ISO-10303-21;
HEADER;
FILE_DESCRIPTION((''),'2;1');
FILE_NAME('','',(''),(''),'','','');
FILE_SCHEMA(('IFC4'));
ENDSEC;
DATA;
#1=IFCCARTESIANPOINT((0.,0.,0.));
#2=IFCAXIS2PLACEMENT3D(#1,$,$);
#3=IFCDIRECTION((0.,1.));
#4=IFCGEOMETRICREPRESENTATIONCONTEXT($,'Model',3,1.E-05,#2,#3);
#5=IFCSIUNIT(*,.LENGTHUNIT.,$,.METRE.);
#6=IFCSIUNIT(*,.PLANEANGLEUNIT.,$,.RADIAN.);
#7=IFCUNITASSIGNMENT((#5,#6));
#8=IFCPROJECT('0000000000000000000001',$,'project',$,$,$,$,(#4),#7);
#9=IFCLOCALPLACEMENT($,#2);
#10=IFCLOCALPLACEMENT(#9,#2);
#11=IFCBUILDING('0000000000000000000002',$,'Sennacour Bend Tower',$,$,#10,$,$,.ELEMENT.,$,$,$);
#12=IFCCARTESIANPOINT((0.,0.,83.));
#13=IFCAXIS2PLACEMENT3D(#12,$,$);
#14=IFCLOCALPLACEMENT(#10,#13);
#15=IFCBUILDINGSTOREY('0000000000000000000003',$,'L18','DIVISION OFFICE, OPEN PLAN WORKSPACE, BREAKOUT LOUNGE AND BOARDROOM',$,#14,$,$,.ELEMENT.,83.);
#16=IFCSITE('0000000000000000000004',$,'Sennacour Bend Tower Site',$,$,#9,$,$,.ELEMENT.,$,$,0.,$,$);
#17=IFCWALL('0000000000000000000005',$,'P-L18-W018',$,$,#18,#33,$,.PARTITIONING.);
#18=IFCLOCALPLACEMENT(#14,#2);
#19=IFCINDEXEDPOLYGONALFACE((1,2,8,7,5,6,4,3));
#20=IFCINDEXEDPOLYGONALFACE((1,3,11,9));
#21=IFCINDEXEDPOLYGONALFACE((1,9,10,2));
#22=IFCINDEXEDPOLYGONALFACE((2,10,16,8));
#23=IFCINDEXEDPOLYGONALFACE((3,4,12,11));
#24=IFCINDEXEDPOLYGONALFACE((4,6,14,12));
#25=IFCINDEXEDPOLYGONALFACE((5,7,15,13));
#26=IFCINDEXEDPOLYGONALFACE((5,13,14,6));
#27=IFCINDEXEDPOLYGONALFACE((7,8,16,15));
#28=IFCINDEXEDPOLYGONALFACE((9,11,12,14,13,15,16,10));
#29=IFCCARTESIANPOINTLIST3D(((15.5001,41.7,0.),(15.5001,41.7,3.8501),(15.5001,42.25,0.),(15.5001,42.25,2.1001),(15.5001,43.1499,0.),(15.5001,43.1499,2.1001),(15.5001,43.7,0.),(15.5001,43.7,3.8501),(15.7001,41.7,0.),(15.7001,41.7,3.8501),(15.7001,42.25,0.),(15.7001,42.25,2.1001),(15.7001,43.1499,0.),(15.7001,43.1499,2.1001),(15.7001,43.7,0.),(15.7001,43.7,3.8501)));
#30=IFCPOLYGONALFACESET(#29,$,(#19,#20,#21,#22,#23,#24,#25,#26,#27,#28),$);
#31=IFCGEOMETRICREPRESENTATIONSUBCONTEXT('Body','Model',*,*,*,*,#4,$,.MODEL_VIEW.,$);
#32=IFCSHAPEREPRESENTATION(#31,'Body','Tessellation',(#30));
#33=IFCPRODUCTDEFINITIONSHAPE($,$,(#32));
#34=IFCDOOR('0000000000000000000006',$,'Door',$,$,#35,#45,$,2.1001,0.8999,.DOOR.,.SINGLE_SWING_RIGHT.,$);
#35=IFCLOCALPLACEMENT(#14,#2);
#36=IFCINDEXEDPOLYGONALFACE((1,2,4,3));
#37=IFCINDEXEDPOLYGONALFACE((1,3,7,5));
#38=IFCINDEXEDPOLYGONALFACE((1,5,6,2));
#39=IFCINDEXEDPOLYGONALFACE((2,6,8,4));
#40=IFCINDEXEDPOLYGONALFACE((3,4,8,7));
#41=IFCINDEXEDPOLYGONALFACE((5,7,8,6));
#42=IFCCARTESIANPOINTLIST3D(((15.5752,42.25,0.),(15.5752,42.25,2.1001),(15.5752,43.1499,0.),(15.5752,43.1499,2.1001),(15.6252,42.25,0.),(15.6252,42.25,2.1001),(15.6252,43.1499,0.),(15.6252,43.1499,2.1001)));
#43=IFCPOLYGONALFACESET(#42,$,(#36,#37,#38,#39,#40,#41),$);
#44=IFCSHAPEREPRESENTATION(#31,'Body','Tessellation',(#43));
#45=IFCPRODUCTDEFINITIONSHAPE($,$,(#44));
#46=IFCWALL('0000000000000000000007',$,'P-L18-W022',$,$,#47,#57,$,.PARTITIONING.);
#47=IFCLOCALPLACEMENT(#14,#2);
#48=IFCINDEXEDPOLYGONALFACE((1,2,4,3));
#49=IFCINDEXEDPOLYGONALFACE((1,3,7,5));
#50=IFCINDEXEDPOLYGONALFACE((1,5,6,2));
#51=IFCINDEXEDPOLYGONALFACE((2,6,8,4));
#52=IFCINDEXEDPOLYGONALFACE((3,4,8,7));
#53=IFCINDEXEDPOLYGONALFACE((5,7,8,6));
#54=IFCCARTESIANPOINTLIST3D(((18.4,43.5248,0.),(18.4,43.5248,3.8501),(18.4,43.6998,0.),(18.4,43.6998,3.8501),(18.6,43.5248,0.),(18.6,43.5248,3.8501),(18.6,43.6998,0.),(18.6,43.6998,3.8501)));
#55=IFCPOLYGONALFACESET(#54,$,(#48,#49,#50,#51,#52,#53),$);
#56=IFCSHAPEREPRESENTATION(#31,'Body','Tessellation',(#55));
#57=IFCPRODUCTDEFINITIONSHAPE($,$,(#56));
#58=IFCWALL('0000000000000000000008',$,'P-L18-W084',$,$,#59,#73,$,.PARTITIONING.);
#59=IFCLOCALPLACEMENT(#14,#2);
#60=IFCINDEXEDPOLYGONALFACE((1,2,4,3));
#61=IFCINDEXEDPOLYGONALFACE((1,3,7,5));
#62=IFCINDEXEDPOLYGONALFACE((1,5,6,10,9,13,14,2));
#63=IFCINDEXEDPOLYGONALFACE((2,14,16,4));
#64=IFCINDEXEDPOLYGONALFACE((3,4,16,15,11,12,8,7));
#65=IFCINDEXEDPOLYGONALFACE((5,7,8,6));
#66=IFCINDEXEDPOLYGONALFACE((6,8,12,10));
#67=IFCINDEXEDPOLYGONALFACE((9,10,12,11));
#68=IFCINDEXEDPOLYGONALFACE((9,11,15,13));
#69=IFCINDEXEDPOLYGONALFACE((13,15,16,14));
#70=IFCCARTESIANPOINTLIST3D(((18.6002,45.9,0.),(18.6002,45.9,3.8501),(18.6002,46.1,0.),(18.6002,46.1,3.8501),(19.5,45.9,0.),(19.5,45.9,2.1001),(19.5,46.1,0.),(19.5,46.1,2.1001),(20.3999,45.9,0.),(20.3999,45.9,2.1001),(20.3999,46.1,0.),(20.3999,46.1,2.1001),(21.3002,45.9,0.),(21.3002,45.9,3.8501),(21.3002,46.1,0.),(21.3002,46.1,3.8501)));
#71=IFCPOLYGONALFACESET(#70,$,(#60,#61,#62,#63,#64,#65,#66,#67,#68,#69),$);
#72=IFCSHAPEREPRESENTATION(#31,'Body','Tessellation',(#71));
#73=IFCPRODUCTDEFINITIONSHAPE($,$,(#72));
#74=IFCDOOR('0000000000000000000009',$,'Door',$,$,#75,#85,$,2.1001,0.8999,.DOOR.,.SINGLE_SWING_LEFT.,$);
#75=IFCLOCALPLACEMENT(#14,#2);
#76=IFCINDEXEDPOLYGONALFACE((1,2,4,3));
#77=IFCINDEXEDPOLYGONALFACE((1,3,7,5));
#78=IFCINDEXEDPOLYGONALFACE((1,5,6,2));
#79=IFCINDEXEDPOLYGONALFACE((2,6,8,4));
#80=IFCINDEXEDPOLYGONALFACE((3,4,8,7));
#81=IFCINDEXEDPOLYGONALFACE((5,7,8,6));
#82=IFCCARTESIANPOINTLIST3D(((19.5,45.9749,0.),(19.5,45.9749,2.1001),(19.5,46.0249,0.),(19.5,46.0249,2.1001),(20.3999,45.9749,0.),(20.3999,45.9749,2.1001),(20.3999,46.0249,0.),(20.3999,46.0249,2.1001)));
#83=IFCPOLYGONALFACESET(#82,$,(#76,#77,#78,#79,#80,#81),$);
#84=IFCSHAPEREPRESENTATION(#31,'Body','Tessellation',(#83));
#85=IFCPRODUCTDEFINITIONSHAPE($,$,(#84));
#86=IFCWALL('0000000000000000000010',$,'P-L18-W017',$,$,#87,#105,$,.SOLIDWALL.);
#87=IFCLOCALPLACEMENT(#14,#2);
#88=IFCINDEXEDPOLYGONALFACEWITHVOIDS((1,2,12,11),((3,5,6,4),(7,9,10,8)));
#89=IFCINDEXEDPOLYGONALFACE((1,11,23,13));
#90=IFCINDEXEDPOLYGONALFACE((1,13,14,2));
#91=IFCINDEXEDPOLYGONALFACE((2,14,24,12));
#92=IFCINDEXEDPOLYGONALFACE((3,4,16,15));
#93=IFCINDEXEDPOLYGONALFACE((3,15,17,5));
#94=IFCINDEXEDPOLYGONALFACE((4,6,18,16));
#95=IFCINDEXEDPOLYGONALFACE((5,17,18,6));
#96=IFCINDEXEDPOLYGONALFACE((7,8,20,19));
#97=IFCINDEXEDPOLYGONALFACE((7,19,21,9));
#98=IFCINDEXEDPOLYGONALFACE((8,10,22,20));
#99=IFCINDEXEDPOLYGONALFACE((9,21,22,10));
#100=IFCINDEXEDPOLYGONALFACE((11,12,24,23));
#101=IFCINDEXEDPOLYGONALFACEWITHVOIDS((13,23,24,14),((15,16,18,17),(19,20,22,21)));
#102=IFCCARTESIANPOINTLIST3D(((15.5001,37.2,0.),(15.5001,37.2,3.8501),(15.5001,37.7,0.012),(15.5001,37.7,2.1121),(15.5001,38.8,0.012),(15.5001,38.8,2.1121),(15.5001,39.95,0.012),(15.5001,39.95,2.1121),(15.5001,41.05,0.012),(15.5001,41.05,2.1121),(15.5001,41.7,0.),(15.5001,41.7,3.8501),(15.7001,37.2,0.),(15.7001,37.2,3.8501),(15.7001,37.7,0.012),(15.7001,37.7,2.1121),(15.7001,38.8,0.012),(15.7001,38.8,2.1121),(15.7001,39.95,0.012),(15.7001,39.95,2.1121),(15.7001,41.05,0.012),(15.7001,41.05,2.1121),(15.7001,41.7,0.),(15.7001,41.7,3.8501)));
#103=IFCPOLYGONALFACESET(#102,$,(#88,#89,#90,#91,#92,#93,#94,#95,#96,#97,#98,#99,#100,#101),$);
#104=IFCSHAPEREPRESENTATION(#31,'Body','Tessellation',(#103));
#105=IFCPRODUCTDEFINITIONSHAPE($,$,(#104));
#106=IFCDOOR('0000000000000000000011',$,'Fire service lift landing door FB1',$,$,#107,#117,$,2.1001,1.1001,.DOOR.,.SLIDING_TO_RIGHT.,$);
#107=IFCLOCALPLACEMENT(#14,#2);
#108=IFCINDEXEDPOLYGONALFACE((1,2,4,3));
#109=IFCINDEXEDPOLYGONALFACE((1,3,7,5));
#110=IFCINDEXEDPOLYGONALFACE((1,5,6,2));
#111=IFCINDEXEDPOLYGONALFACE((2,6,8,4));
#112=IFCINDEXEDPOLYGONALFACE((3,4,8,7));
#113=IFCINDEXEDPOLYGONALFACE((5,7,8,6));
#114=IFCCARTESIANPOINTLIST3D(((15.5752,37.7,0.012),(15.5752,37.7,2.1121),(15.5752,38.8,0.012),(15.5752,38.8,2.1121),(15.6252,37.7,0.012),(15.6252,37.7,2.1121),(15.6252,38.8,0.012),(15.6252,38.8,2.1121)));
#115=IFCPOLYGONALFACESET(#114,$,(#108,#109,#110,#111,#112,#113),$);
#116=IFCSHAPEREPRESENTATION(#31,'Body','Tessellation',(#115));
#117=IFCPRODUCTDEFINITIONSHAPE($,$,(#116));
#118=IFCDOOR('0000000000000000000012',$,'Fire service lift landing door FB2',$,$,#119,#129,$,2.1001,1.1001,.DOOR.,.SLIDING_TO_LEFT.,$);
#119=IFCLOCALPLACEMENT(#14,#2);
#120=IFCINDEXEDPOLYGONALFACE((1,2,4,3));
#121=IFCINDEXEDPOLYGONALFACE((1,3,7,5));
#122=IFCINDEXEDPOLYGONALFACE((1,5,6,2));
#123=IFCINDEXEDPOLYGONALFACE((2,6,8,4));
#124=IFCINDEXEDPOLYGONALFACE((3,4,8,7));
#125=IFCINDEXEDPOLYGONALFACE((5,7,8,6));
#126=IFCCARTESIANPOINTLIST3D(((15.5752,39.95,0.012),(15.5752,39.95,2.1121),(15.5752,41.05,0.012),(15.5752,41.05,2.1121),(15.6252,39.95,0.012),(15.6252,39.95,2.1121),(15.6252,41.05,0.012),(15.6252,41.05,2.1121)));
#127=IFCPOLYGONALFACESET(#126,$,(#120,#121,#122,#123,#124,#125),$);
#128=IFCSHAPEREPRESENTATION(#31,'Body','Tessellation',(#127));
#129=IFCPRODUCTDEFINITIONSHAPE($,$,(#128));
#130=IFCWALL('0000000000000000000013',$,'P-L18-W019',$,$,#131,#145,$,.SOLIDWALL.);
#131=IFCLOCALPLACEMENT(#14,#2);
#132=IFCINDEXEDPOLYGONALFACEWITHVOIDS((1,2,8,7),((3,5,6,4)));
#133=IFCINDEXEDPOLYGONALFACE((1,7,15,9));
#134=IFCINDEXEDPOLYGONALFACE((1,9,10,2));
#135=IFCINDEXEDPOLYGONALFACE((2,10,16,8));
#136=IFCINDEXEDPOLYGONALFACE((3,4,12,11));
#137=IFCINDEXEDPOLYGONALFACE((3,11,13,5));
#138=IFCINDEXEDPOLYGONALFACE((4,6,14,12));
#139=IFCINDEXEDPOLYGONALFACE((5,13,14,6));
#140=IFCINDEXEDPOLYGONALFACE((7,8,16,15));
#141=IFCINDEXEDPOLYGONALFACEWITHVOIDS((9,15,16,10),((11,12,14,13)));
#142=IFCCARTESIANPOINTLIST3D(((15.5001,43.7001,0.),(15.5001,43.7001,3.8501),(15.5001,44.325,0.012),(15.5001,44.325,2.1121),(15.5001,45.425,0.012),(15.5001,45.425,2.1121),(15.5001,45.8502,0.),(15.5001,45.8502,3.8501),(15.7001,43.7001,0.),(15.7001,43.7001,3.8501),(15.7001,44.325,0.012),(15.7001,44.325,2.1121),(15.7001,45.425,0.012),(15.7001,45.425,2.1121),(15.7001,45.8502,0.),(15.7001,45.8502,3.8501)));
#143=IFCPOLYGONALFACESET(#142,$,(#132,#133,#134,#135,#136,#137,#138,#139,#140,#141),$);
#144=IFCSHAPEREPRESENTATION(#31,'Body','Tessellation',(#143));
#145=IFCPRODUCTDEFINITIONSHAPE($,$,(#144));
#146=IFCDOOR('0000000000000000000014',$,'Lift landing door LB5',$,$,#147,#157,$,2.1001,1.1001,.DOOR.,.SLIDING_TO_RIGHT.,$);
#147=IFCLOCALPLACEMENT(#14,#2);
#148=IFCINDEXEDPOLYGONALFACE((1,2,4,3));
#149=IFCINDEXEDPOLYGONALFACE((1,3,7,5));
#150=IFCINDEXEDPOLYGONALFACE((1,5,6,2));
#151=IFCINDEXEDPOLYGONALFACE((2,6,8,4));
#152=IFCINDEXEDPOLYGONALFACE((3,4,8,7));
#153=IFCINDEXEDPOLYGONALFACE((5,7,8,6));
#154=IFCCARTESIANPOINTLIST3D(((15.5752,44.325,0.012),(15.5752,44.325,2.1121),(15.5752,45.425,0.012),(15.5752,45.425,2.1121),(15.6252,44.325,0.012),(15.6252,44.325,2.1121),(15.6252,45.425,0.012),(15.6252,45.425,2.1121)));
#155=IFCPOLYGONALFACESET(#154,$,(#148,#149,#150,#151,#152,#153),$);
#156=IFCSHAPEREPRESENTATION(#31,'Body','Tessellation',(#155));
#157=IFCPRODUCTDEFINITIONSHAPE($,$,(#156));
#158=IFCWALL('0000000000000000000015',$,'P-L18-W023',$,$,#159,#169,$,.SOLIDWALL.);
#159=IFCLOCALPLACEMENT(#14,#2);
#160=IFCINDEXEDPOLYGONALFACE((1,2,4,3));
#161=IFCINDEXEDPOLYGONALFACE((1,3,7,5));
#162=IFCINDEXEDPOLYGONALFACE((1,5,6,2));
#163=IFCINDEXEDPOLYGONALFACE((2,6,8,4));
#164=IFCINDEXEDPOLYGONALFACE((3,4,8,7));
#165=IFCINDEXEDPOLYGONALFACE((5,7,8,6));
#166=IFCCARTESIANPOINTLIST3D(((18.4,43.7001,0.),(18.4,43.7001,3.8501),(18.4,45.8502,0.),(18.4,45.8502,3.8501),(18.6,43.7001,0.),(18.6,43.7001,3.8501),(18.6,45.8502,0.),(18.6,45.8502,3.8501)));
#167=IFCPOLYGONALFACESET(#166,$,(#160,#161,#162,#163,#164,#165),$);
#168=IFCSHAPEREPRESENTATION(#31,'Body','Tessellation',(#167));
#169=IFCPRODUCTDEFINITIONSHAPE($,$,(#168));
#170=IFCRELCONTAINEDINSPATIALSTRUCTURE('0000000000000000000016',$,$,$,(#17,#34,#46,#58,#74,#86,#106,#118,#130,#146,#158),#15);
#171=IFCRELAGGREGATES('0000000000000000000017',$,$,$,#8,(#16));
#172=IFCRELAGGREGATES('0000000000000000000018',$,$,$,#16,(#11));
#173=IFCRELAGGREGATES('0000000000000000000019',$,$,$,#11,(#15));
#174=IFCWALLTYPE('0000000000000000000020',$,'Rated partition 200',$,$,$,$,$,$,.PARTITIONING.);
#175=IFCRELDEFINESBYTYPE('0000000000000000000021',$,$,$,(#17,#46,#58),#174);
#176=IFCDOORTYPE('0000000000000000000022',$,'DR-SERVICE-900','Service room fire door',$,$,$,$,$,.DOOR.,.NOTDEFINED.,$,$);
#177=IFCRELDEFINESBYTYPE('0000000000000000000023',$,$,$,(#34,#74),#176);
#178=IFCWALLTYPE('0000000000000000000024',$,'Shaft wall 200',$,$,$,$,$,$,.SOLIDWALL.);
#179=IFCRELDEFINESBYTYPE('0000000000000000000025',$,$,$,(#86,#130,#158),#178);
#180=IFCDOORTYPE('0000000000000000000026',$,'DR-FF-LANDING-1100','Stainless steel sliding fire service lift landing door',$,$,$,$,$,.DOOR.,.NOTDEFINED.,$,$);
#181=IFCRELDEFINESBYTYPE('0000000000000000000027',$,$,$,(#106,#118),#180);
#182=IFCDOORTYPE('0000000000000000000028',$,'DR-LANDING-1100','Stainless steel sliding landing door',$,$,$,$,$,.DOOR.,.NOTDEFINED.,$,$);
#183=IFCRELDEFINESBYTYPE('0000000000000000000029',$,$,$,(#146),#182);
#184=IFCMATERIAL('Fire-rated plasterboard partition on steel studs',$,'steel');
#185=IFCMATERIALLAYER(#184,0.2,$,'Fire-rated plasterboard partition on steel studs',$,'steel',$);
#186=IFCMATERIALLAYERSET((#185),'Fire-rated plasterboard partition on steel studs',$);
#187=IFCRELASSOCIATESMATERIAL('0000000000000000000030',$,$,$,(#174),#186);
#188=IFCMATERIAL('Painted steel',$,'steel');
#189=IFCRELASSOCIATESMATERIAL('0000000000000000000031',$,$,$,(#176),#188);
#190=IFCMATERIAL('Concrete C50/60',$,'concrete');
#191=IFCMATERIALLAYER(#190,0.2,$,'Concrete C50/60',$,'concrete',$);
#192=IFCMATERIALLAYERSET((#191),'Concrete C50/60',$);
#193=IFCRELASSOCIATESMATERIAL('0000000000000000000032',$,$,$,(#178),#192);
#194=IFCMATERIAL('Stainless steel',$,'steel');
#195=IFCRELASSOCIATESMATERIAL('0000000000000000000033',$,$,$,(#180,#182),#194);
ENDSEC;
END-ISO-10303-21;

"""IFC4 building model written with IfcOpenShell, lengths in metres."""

from ifc_helpers import new_model, si_unit, direction, frame, frame_2d, origin, place, context, subcontext, project, spatial, rectangle, extrude, material, layer, layer_set, type_object, element, fill, save


model = new_model("IFC4")

# Units and contexts
model_context = context("Model", 3, precision=1e-05, world=origin(), true_north=direction((0.0, 1.0)))
body_context = subcontext(model_context, "Body", "Model", "MODEL_VIEW")
ifc_project = project(units=[si_unit("LENGTHUNIT", "METRE"), si_unit("PLANEANGLEUNIT", "RADIAN")], contexts=[model_context])

# Site, building, storey
site_placement = place(None, origin())
site = spatial("IfcSite", under=ifc_project, at=site_placement, Name="Sennacour Bend Tower Site", CompositionType="ELEMENT", RefElevation=0.0)
building_placement = place(site_placement, origin())
building = spatial("IfcBuilding", under=site, at=building_placement, Name="Sennacour Bend Tower", CompositionType="ELEMENT")
storey_placement = place(building_placement, frame((0.0, 0.0, 83.0)))
storey = spatial("IfcBuildingStorey", under=building, at=storey_placement, Name="L18", Description="DIVISION OFFICE, OPEN PLAN WORKSPACE, BREAKOUT LOUNGE AND BOARDROOM", CompositionType="ELEMENT", Elevation=83.0)

# Wall, opening, door
ifc_material_1 = material(Name="Fire-rated plasterboard partition on steel studs", Category="steel")
ifc_layer_1 = layer(ifc_material_1, 0.2, Name="Fire-rated plasterboard partition on steel studs", Category="steel")
ifc_layer_set_1 = layer_set([ifc_layer_1], Name="Fire-rated plasterboard partition on steel studs")
wall_type_1 = type_object("IfcWallType", Name="Rated partition 200", PredefinedType="PARTITIONING", material=ifc_layer_set_1)
wall_1_placement = place(storey_placement, frame((15.6001, 41.7, 0.0), z_axis=(0.0, 0.0, 1.0), x_axis=(0.0, 1.0, 0.0)))
wall_1 = element("IfcWall", 1, at=wall_1_placement, inside=storey, type_object=wall_type_1, Name="P-L18-W018", PredefinedType="PARTITIONING", context=body_context, shape_type="SweptSolid", body=[
    extrude(rectangle(XDim=2.0, YDim=0.2, at=frame_2d((1.0, 0.0))), origin(), (0.0, 0.0, 1.0), 3.8501),
])
opening_1_placement = place(wall_1_placement, frame((0.55, 0.0, 0.0)))
opening_1 = element("IfcOpeningElement", 2, at=opening_1_placement, cuts=wall_1, PredefinedType="OPENING", context=body_context, shape_type="SweptSolid", body=[
    extrude(rectangle(XDim=0.8999, YDim=2.1001, at=frame_2d((0.45, 1.05))), frame((0.0, 0.1099, 0.0), z_axis=(0.0, -1.0, 0.0), x_axis=(1.0, 0.0, 0.0)), (0.0, 0.0, 1.0), 0.22),
])
ifc_material_2 = material(Name="Painted steel", Category="steel")
door_type_1 = type_object("IfcDoorType", Name="DR-SERVICE-900", Description="Service room fire door", OperationType="NOTDEFINED", PredefinedType="DOOR", material=ifc_material_2)
door_1_placement = place(opening_1_placement, origin())
door_1 = element("IfcDoor", 3, at=door_1_placement, inside=storey, type_object=door_type_1, Name="Door", OperationType="SINGLE_SWING_RIGHT", OverallHeight=2.1001, OverallWidth=0.8999, PredefinedType="DOOR", context=body_context, shape_type="SweptSolid", body=[
    extrude(rectangle(XDim=0.8999, YDim=2.1001, at=frame_2d((0.45, 1.05))), frame((0.0, 0.0249, 0.0), z_axis=(0.0, -1.0, 0.0), x_axis=(1.0, 0.0, 0.0)), (0.0, 0.0, 1.0), 0.05),
])
fill(opening_1, door_1)

# Wall
wall_2_placement = place(storey_placement, frame((18.5, 43.5249, 0.0), z_axis=(0.0, 0.0, 1.0), x_axis=(0.0, 1.0, 0.0)))
element("IfcWall", 4, at=wall_2_placement, inside=storey, type_object=wall_type_1, Name="P-L18-W022", PredefinedType="PARTITIONING", context=body_context, shape_type="SweptSolid", body=[
    extrude(rectangle(XDim=0.175, YDim=0.2, at=frame_2d((0.0874, 0.0))), origin(), (0.0, 0.0, 1.0), 3.8501),
])

# Wall, opening, door
wall_3_placement = place(storey_placement, frame((18.6001, 46.0, 0.0), z_axis=(0.0, 0.0, 1.0), x_axis=(1.0, 0.0, 0.0)))
wall_3 = element("IfcWall", 5, at=wall_3_placement, inside=storey, type_object=wall_type_1, Name="P-L18-W084", PredefinedType="PARTITIONING", context=body_context, shape_type="SweptSolid", body=[
    extrude(rectangle(XDim=2.7, YDim=0.2, at=frame_2d((1.3501, 0.0))), origin(), (0.0, 0.0, 1.0), 3.8501),
])
opening_2_placement = place(wall_3_placement, frame((0.8999, 0.0, 0.0)))
opening_2 = element("IfcOpeningElement", 6, at=opening_2_placement, cuts=wall_3, PredefinedType="OPENING", context=body_context, shape_type="SweptSolid", body=[
    extrude(rectangle(XDim=0.8999, YDim=2.1001, at=frame_2d((0.45, 1.05))), frame((0.0, 0.1099, 0.0), z_axis=(0.0, -1.0, 0.0), x_axis=(1.0, 0.0, 0.0)), (0.0, 0.0, 1.0), 0.22),
])
door_2_placement = place(opening_2_placement, origin())
door_2 = element("IfcDoor", 7, at=door_2_placement, inside=storey, type_object=door_type_1, Name="Door", OperationType="SINGLE_SWING_LEFT", OverallHeight=2.1001, OverallWidth=0.8999, PredefinedType="DOOR", context=body_context, shape_type="SweptSolid", body=[
    extrude(rectangle(XDim=0.8999, YDim=2.1001, at=frame_2d((0.45, 1.05))), frame((0.0, 0.0249, 0.0), z_axis=(0.0, -1.0, 0.0), x_axis=(1.0, 0.0, 0.0)), (0.0, 0.0, 1.0), 0.05),
])
fill(opening_2, door_2)

# Wall, openings, doors
ifc_material_3 = material(Name="Concrete C50/60", Category="concrete")
ifc_layer_2 = layer(ifc_material_3, 0.2, Name="Concrete C50/60", Category="concrete")
ifc_layer_set_2 = layer_set([ifc_layer_2], Name="Concrete C50/60")
wall_type_2 = type_object("IfcWallType", Name="Shaft wall 200", PredefinedType="SOLIDWALL", material=ifc_layer_set_2)
wall_4_placement = place(storey_placement, frame((15.6001, 37.2, 0.0), z_axis=(0.0, 0.0, 1.0), x_axis=(0.0, 1.0, 0.0)))
wall_4 = element("IfcWall", 8, at=wall_4_placement, inside=storey, type_object=wall_type_2, Name="P-L18-W017", PredefinedType="SOLIDWALL", context=body_context, shape_type="SweptSolid", body=[
    extrude(rectangle(XDim=4.5, YDim=0.2, at=frame_2d((2.25, 0.0))), origin(), (0.0, 0.0, 1.0), 3.8501),
])
opening_3_placement = place(wall_4_placement, frame((0.5, 0.0, 0.012)))
opening_3 = element("IfcOpeningElement", 9, at=opening_3_placement, cuts=wall_4, PredefinedType="OPENING", context=body_context, shape_type="SweptSolid", body=[
    extrude(rectangle(XDim=1.1001, YDim=2.1001, at=frame_2d((0.55, 1.05))), frame((0.0, 0.1099, 0.0), z_axis=(0.0, -1.0, 0.0), x_axis=(1.0, 0.0, 0.0)), (0.0, 0.0, 1.0), 0.22),
])
opening_4_placement = place(wall_4_placement, frame((2.75, 0.0, 0.012)))
opening_4 = element("IfcOpeningElement", 10, at=opening_4_placement, cuts=wall_4, PredefinedType="OPENING", context=body_context, shape_type="SweptSolid", body=[
    extrude(rectangle(XDim=1.1001, YDim=2.1001, at=frame_2d((0.55, 1.05))), frame((0.0, 0.1099, 0.0), z_axis=(0.0, -1.0, 0.0), x_axis=(1.0, 0.0, 0.0)), (0.0, 0.0, 1.0), 0.22),
])
ifc_material_4 = material(Name="Stainless steel", Category="steel")
door_type_2 = type_object("IfcDoorType", Name="DR-FF-LANDING-1100", Description="Stainless steel sliding fire service lift landing door", OperationType="NOTDEFINED", PredefinedType="DOOR", material=ifc_material_4)
door_3_placement = place(opening_3_placement, origin())
door_3 = element("IfcDoor", 11, at=door_3_placement, inside=storey, type_object=door_type_2, Name="Fire service lift landing door FB1", OperationType="SLIDING_TO_RIGHT", OverallHeight=2.1001, OverallWidth=1.1001, PredefinedType="DOOR", context=body_context, shape_type="SweptSolid", body=[
    extrude(rectangle(XDim=1.1001, YDim=2.1001, at=frame_2d((0.55, 1.05))), frame((0.0, 0.0249, 0.0), z_axis=(0.0, -1.0, 0.0), x_axis=(1.0, 0.0, 0.0)), (0.0, 0.0, 1.0), 0.05),
])
fill(opening_3, door_3)
door_4_placement = place(opening_4_placement, origin())
door_4 = element("IfcDoor", 12, at=door_4_placement, inside=storey, type_object=door_type_2, Name="Fire service lift landing door FB2", OperationType="SLIDING_TO_LEFT", OverallHeight=2.1001, OverallWidth=1.1001, PredefinedType="DOOR", context=body_context, shape_type="SweptSolid", body=[
    extrude(rectangle(XDim=1.1001, YDim=2.1001, at=frame_2d((0.55, 1.05))), frame((0.0, 0.0249, 0.0), z_axis=(0.0, -1.0, 0.0), x_axis=(1.0, 0.0, 0.0)), (0.0, 0.0, 1.0), 0.05),
])
fill(opening_4, door_4)

# Wall, opening, door
wall_5_placement = place(storey_placement, frame((15.6001, 43.7, 0.0), z_axis=(0.0, 0.0, 1.0), x_axis=(0.0, 1.0, 0.0)))
wall_5 = element("IfcWall", 13, at=wall_5_placement, inside=storey, type_object=wall_type_2, Name="P-L18-W019", PredefinedType="SOLIDWALL", context=body_context, shape_type="SweptSolid", body=[
    extrude(rectangle(XDim=2.1501, YDim=0.2, at=frame_2d((1.0752, 0.0))), origin(), (0.0, 0.0, 1.0), 3.8501),
])
opening_5_placement = place(wall_5_placement, frame((0.625, 0.0, 0.012)))
opening_5 = element("IfcOpeningElement", 14, at=opening_5_placement, cuts=wall_5, PredefinedType="OPENING", context=body_context, shape_type="SweptSolid", body=[
    extrude(rectangle(XDim=1.1001, YDim=2.1001, at=frame_2d((0.55, 1.05))), frame((0.0, 0.1099, 0.0), z_axis=(0.0, -1.0, 0.0), x_axis=(1.0, 0.0, 0.0)), (0.0, 0.0, 1.0), 0.22),
])
door_type_3 = type_object("IfcDoorType", Name="DR-LANDING-1100", Description="Stainless steel sliding landing door", OperationType="NOTDEFINED", PredefinedType="DOOR", material=ifc_material_4)
door_5_placement = place(opening_5_placement, origin())
door_5 = element("IfcDoor", 15, at=door_5_placement, inside=storey, type_object=door_type_3, Name="Lift landing door LB5", OperationType="SLIDING_TO_RIGHT", OverallHeight=2.1001, OverallWidth=1.1001, PredefinedType="DOOR", context=body_context, shape_type="SweptSolid", body=[
    extrude(rectangle(XDim=1.1001, YDim=2.1001, at=frame_2d((0.55, 1.05))), frame((0.0, 0.0249, 0.0), z_axis=(0.0, -1.0, 0.0), x_axis=(1.0, 0.0, 0.0)), (0.0, 0.0, 1.0), 0.05),
])
fill(opening_5, door_5)

# Wall
wall_6_placement = place(storey_placement, frame((18.5, 43.7, 0.0), z_axis=(0.0, 0.0, 1.0), x_axis=(0.0, 1.0, 0.0)))
element("IfcWall", 16, at=wall_6_placement, inside=storey, type_object=wall_type_2, Name="P-L18-W023", PredefinedType="SOLIDWALL", context=body_context, shape_type="SweptSolid", body=[
    extrude(rectangle(XDim=2.1501, YDim=0.2, at=frame_2d((1.0752, 0.0))), origin(), (0.0, 0.0, 1.0), 3.8501),
])

save(model, "model.ifc")
